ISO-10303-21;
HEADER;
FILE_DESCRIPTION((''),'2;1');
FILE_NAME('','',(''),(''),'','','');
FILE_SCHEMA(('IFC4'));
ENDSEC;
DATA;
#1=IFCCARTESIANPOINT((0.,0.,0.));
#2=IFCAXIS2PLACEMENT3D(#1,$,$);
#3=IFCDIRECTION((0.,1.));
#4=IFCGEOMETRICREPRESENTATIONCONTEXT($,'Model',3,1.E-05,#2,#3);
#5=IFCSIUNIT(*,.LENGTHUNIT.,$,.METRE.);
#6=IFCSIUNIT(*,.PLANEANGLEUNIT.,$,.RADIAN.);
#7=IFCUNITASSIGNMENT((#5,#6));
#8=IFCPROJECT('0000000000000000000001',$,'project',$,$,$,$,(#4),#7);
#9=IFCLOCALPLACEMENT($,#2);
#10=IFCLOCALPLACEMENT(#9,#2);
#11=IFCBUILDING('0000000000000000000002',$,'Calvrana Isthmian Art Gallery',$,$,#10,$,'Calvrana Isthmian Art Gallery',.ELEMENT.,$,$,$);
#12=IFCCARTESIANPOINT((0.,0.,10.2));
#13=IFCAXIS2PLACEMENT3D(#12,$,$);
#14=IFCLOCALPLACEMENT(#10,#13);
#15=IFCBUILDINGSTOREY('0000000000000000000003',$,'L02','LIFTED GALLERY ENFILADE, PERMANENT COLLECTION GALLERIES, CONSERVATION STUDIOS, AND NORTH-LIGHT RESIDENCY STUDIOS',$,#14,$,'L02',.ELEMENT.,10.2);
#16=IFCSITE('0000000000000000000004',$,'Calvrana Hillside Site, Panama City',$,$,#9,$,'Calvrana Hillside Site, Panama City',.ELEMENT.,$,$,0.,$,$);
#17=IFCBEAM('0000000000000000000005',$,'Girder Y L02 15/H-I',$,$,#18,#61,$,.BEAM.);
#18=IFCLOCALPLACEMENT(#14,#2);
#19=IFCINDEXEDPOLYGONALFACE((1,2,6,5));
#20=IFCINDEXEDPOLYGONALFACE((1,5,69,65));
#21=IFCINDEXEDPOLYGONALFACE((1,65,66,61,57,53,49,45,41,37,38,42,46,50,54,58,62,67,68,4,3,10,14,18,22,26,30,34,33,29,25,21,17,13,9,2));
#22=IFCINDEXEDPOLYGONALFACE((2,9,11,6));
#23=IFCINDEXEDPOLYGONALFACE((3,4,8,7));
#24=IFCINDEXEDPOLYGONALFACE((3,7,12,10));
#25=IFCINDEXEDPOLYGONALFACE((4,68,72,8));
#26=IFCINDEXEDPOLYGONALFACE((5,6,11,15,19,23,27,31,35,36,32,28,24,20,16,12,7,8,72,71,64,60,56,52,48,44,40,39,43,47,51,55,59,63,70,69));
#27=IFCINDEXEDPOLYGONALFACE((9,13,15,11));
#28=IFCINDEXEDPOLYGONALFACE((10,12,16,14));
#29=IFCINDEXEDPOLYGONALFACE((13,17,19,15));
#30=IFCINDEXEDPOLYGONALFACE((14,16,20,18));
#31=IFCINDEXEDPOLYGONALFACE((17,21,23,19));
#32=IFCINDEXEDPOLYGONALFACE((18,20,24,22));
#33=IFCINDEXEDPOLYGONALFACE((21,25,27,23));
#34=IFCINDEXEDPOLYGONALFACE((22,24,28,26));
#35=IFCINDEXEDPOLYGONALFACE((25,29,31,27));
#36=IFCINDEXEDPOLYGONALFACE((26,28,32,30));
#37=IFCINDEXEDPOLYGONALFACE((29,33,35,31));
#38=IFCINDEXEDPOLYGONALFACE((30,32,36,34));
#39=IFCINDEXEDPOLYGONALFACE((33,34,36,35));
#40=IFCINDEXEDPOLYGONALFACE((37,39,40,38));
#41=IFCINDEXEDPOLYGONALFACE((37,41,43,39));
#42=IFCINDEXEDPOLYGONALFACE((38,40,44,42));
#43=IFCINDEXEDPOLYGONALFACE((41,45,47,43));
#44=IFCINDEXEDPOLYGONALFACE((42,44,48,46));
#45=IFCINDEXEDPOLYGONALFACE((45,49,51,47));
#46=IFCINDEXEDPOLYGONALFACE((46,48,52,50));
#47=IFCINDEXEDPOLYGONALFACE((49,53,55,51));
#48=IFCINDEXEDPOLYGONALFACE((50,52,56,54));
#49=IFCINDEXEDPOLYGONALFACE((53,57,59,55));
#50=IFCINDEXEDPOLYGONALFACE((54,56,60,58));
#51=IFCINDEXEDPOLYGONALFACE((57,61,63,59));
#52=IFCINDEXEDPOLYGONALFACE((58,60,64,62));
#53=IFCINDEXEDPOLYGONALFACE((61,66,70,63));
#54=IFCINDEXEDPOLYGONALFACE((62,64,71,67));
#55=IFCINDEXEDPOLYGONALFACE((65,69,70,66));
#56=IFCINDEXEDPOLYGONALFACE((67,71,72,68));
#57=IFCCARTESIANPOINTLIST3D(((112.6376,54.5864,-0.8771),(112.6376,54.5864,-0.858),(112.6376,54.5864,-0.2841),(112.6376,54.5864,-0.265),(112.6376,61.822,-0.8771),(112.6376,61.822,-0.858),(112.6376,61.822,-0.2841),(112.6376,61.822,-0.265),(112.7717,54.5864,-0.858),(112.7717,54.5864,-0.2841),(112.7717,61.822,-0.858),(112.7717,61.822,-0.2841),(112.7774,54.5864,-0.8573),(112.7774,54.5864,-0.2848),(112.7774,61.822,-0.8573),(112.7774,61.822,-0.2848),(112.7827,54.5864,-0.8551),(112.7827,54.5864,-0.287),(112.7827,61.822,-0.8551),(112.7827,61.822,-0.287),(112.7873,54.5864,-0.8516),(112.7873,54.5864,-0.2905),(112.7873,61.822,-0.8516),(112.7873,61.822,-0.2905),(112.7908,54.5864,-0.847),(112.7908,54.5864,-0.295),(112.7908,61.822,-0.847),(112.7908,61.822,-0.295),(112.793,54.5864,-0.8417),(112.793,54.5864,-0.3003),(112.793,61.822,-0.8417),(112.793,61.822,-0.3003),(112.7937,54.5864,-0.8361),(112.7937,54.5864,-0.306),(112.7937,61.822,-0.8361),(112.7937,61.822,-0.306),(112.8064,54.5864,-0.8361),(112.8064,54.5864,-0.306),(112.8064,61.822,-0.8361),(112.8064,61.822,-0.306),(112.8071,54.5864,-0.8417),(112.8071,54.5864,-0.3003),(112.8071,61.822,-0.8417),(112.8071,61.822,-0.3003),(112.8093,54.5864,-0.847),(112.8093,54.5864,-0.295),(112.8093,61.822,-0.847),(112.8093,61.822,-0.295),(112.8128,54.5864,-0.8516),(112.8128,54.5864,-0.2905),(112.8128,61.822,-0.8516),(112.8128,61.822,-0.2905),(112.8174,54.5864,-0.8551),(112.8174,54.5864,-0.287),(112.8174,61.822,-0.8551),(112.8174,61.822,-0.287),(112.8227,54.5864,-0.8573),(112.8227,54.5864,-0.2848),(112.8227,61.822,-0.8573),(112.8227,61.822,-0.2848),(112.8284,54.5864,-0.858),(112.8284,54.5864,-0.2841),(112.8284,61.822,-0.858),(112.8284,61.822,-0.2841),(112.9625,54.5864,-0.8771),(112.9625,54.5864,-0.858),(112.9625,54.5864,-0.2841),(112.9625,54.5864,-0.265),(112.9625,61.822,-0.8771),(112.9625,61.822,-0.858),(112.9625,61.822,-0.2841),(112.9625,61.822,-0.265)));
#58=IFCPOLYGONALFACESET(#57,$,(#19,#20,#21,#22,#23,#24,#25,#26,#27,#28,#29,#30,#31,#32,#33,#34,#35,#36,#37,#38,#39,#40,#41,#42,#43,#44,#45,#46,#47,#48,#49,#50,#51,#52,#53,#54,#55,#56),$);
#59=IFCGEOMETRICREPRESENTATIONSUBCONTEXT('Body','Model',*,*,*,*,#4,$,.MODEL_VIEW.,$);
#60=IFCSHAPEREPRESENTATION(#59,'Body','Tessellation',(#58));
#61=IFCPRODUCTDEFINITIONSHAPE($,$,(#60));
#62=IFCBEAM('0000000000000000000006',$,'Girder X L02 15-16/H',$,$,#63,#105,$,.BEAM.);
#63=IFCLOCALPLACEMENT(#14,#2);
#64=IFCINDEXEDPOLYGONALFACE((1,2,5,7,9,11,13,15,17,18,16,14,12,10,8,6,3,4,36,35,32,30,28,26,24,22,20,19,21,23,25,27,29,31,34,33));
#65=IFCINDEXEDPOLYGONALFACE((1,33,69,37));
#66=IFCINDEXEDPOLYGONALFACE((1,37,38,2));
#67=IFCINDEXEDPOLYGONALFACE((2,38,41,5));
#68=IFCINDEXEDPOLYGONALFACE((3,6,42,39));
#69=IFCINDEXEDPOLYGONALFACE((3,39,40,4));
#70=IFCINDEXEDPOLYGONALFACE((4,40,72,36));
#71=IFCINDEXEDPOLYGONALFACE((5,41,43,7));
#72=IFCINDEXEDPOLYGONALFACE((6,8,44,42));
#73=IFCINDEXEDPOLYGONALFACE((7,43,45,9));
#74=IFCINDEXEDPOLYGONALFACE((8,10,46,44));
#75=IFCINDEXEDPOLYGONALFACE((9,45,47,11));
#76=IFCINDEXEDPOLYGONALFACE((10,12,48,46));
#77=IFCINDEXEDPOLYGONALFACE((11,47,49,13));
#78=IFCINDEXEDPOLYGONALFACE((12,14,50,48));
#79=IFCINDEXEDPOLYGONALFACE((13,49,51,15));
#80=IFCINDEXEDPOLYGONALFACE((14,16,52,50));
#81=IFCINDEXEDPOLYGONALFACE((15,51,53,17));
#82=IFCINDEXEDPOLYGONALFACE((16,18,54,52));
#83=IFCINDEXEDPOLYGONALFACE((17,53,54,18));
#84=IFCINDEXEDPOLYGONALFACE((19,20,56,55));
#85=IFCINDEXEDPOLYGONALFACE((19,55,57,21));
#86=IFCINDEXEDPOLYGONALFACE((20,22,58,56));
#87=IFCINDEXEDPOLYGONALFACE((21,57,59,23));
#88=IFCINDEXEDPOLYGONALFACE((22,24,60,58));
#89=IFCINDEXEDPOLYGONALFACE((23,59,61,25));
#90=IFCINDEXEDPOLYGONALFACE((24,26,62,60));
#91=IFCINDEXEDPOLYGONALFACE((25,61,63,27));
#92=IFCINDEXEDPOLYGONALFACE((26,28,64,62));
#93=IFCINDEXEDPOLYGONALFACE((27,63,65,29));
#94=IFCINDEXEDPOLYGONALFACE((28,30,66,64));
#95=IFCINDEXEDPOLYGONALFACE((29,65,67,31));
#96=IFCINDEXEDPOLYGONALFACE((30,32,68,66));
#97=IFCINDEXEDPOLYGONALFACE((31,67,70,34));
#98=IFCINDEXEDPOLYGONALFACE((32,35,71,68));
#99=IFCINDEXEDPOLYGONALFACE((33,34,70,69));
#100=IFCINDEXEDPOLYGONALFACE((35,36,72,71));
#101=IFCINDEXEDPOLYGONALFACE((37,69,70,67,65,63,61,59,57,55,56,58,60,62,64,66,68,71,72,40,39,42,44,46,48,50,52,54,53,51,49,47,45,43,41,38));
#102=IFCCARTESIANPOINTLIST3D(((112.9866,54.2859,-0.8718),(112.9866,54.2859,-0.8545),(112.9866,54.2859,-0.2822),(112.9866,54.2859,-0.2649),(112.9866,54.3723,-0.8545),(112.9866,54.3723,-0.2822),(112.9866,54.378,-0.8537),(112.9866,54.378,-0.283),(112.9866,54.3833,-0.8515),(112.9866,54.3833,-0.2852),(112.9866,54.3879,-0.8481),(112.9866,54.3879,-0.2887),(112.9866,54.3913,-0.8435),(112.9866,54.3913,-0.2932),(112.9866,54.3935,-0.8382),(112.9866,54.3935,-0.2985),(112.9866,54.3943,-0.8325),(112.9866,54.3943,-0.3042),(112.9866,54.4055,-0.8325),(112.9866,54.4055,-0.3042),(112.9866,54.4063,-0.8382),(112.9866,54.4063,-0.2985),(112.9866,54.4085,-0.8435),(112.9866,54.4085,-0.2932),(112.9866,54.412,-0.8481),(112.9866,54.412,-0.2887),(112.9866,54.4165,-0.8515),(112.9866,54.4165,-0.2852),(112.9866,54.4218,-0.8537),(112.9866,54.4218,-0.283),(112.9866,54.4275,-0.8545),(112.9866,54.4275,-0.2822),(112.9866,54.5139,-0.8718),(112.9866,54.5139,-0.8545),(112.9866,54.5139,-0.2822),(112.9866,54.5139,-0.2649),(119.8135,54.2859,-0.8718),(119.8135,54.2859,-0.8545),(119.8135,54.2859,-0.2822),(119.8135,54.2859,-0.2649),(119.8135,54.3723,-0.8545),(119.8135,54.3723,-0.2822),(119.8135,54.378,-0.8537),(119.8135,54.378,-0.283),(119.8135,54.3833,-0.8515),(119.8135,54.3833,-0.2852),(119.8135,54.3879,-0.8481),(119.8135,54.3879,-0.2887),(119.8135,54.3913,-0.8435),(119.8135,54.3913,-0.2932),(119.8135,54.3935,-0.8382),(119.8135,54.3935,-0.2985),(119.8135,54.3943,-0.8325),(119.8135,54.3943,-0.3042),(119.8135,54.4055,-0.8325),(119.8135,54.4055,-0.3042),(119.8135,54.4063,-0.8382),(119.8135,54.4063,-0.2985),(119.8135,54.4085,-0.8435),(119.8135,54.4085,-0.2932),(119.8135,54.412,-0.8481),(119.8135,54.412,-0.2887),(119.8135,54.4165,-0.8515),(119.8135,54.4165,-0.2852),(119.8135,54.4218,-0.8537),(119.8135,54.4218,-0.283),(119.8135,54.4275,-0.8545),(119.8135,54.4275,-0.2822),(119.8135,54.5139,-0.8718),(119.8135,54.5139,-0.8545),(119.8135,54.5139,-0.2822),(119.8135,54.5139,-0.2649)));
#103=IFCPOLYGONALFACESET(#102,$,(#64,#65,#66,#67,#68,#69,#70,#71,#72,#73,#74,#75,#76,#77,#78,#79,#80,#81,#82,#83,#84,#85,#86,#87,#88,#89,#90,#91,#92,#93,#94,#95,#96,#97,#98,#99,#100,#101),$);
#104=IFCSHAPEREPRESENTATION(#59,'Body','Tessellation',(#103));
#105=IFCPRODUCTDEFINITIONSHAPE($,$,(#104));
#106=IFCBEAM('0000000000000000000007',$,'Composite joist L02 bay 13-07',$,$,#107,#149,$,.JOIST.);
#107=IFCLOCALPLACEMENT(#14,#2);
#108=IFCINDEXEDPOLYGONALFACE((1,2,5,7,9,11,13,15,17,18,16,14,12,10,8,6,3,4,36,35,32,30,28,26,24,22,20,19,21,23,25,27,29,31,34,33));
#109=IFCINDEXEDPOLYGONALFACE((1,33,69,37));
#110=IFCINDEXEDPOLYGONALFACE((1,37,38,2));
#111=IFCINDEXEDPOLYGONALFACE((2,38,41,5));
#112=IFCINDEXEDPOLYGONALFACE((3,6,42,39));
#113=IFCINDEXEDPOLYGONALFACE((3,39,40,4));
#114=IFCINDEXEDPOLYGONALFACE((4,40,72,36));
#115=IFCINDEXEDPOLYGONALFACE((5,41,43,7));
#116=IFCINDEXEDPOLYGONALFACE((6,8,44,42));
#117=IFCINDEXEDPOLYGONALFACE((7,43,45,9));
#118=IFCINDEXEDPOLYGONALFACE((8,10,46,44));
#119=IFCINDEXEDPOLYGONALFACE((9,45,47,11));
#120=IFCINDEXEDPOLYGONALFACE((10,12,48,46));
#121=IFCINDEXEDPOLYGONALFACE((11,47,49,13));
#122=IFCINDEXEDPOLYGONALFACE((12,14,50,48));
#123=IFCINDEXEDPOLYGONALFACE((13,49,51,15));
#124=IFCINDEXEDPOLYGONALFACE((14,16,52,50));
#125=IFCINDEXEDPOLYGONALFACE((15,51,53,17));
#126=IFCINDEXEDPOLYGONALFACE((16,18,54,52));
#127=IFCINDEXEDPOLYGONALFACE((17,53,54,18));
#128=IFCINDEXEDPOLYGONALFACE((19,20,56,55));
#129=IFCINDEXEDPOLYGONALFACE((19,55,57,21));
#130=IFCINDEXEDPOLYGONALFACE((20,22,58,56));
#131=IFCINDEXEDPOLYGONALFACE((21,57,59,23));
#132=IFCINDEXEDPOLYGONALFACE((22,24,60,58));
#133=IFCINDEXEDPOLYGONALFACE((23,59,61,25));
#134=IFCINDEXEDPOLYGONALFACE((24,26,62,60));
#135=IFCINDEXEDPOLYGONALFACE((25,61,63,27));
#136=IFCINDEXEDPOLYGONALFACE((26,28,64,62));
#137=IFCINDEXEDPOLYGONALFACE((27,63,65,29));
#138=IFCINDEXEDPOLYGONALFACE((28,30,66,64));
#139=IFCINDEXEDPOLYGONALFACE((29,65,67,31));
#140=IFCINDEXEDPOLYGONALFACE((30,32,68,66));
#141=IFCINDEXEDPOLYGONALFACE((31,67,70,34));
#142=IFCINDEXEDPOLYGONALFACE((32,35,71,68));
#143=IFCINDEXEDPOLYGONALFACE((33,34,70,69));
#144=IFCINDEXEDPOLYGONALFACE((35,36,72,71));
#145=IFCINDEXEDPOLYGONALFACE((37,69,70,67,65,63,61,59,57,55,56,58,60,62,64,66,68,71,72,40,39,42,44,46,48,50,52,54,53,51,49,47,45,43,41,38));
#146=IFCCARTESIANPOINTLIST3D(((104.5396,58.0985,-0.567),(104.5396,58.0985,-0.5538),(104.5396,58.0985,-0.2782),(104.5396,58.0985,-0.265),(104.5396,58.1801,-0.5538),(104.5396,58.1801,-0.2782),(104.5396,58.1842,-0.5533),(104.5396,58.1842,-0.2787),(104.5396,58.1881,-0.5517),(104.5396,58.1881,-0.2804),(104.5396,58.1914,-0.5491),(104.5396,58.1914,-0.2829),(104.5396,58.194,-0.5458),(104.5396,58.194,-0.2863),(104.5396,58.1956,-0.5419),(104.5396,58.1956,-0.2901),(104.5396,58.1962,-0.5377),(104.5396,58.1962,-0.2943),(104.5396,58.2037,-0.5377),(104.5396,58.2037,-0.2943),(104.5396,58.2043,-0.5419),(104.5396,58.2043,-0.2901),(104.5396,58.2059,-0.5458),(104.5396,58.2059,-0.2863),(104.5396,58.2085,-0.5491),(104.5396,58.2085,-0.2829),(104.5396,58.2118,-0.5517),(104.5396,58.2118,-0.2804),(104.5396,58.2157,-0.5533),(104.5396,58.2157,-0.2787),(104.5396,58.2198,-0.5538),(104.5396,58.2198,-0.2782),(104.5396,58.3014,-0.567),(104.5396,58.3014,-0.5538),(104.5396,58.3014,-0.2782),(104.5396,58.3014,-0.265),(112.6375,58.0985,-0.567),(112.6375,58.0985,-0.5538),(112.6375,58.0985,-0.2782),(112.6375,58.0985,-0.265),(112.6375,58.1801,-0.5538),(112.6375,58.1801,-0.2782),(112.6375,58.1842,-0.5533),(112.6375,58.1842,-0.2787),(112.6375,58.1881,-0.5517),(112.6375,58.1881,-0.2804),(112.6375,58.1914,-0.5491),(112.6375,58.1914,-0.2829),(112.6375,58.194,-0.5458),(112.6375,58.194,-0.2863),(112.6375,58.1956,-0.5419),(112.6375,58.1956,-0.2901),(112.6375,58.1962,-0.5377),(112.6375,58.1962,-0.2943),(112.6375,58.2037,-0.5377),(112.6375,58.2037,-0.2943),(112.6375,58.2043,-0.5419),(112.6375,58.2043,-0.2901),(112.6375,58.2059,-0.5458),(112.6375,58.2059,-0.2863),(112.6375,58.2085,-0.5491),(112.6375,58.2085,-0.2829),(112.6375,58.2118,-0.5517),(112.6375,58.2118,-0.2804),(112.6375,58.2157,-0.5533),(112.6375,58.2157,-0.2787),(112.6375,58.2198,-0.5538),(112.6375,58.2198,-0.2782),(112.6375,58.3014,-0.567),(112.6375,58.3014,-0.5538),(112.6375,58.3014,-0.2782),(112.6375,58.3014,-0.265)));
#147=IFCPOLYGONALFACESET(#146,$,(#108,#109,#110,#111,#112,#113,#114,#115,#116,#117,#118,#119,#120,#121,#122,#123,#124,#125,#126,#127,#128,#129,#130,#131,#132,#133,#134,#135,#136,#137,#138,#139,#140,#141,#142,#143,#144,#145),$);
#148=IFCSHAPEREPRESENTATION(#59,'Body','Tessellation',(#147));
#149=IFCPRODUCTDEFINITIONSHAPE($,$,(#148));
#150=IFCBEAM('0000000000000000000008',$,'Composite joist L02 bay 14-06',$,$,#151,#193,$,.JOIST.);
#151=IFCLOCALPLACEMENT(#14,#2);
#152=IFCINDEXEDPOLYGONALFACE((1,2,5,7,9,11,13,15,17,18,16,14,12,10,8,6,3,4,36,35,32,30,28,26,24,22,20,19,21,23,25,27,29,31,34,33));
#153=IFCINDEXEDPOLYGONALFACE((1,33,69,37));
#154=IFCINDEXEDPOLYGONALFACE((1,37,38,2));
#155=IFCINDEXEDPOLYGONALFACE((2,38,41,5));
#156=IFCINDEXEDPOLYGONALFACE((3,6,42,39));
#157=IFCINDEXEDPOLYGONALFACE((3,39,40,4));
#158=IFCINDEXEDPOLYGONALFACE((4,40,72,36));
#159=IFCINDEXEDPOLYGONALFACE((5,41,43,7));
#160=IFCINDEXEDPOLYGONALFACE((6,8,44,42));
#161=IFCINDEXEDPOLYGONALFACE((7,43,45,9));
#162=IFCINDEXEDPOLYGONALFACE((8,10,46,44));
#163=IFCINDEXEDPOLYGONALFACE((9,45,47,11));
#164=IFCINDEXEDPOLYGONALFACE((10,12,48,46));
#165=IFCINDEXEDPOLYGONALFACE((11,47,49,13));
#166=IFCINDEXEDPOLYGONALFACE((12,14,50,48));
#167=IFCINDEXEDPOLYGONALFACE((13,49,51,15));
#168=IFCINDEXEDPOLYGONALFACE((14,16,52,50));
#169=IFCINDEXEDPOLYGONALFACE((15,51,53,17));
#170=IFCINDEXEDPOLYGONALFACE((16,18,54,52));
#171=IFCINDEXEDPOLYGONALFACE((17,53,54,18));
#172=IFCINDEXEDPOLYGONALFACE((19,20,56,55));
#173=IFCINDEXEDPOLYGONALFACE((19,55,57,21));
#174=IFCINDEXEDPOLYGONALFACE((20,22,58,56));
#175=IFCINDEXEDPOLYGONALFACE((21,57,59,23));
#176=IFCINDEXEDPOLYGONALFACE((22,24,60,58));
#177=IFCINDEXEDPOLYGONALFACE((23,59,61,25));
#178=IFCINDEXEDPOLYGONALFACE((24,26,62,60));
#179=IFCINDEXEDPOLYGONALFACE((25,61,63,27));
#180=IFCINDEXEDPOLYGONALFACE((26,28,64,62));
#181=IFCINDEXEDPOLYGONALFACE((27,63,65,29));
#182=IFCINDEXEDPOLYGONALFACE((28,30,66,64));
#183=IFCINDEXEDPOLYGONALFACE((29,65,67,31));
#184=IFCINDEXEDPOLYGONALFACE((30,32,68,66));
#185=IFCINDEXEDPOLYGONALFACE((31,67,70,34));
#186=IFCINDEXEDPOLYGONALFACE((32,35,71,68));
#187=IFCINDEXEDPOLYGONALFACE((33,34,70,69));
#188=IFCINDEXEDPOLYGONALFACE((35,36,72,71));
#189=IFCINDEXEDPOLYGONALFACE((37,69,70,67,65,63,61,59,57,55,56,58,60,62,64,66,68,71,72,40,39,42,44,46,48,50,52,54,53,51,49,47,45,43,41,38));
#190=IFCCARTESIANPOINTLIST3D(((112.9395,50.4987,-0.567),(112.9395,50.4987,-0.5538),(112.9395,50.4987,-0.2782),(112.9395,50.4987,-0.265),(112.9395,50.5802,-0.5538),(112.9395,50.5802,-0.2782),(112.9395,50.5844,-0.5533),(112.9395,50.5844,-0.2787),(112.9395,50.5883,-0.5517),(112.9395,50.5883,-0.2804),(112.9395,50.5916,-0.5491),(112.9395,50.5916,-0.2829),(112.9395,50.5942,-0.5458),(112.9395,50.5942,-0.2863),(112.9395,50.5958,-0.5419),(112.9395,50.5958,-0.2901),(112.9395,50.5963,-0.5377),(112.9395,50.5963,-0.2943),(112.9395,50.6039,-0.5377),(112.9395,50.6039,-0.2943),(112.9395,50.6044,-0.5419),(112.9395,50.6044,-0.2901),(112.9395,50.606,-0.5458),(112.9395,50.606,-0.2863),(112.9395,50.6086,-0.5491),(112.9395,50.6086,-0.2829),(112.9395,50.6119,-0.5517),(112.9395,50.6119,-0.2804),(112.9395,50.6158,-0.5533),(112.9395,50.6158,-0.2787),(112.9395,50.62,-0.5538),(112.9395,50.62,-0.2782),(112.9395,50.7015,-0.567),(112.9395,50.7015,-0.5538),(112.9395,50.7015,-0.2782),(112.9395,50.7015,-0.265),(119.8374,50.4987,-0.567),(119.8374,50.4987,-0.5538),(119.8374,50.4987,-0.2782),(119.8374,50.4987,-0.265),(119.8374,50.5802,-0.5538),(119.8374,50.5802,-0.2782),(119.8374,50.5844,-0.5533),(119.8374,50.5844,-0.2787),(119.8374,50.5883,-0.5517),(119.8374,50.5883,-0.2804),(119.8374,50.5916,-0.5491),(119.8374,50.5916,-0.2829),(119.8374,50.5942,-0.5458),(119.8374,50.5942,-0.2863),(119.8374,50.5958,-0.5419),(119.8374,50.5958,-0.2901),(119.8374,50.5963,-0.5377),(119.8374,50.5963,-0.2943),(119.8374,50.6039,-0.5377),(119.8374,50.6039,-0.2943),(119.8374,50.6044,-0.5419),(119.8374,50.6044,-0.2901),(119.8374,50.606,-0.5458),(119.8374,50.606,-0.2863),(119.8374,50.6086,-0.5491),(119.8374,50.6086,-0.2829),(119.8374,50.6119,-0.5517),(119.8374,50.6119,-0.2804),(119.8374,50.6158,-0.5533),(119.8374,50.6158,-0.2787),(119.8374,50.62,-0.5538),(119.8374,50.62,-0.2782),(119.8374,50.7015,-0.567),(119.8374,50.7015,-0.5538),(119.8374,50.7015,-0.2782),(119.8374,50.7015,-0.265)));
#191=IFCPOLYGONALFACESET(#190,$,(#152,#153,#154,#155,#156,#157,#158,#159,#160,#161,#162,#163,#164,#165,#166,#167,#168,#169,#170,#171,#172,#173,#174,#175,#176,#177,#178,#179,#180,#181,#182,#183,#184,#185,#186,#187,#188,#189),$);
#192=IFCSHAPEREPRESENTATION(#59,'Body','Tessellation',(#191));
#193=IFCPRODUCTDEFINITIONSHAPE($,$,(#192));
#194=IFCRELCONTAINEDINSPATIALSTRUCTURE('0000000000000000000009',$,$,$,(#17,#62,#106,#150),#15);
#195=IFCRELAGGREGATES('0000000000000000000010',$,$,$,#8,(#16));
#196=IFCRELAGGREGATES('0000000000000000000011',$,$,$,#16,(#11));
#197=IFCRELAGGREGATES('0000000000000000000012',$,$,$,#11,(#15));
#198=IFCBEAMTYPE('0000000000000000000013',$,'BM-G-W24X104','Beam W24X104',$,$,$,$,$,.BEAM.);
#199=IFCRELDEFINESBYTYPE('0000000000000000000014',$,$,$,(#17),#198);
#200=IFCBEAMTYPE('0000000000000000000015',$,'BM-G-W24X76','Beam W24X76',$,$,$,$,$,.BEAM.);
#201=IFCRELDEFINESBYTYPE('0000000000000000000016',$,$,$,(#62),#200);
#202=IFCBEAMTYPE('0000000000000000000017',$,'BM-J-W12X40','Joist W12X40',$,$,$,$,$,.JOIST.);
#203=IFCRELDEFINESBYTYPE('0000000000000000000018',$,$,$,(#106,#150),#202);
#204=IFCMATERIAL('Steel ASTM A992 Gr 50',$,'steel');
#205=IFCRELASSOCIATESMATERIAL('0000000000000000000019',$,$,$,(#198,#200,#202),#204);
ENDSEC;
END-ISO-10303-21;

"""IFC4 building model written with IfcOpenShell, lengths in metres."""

from ifc_helpers import new_model, si_unit, direction, frame, origin, origin_2d, place, context, subcontext, project, spatial, i_section, extrude, material, material_profile, profile_set, type_object, element, save


model = new_model("IFC4")

# Units and contexts
model_context = context("Model", 3, precision=1e-05, world=origin(), true_north=direction((0.0, 1.0)))
body_context = subcontext(model_context, "Body", "Model", "MODEL_VIEW")
ifc_project = project(units=[si_unit("LENGTHUNIT", "METRE"), si_unit("PLANEANGLEUNIT", "RADIAN")], contexts=[model_context])

# Site, building, storey
site_placement = place(None, origin())
site = spatial("IfcSite", under=ifc_project, at=site_placement, Name="Calvrana Hillside Site, Panama City", LongName="Calvrana Hillside Site, Panama City", CompositionType="ELEMENT", RefElevation=0.0)
building_placement = place(site_placement, origin())
building = spatial("IfcBuilding", under=site, at=building_placement, Name="Calvrana Isthmian Art Gallery", LongName="Calvrana Isthmian Art Gallery", CompositionType="ELEMENT")
storey_placement = place(building_placement, frame((0.0, 0.0, 10.2)))
storey = spatial("IfcBuildingStorey", under=building, at=storey_placement, Name="L02", Description="LIFTED GALLERY ENFILADE, PERMANENT COLLECTION GALLERIES, CONSERVATION STUDIOS, AND NORTH-LIGHT RESIDENCY STUDIOS", LongName="L02", CompositionType="ELEMENT", Elevation=10.2)

# Shared definitions
ifc_material_1 = material(Name="Steel ASTM A992 Gr 50", Category="steel")

# Beams
ifc_material_profile_1 = material_profile(ifc_material_1, i_section(OverallWidth=0.325, OverallDepth=0.6121, WebThickness=0.0127, FlangeThickness=0.019, FilletRadius=0.022, at=origin_2d()), Name="W24X104")
ifc_profile_set_1 = profile_set([ifc_material_profile_1], Name="Steel ASTM A992 Gr 50")
beam_type_1 = type_object("IfcBeamType", Name="BM-G-W24X104", Description="Beam W24X104", PredefinedType="BEAM", material=ifc_profile_set_1)
beam_1_placement = place(storey_placement, frame((112.8, 54.5864, -0.571), z_axis=(0.0, 1.0, 0.0), x_axis=(-1.0, 0.0, 0.0)))
element("IfcBeam", 1, at=beam_1_placement, inside=storey, type_object=beam_type_1, Name="Girder Y L02 15/H-I", PredefinedType="BEAM", context=body_context, shape_type="SweptSolid", body=[
    extrude(i_section(OverallWidth=0.325, OverallDepth=0.6121, WebThickness=0.0127, FlangeThickness=0.019, FilletRadius=0.022, at=origin_2d()), origin(), (0.0, 0.0, 1.0), 7.2356),
])
ifc_material_profile_2 = material_profile(ifc_material_1, i_section(OverallWidth=0.228, OverallDepth=0.6069, WebThickness=0.0112, FlangeThickness=0.0173, FilletRadius=0.022, at=origin_2d()), Name="W24X76")
ifc_profile_set_2 = profile_set([ifc_material_profile_2], Name="Steel ASTM A992 Gr 50")
beam_type_2 = type_object("IfcBeamType", Name="BM-G-W24X76", Description="Beam W24X76", PredefinedType="BEAM", material=ifc_profile_set_2)
beam_2_placement = place(storey_placement, frame((112.9866, 54.3999, -0.5684), z_axis=(1.0, 0.0, 0.0), x_axis=(0.0, 1.0, 0.0)))
element("IfcBeam", 2, at=beam_2_placement, inside=storey, type_object=beam_type_2, Name="Girder X L02 15-16/H", PredefinedType="BEAM", context=body_context, shape_type="SweptSolid", body=[
    extrude(i_section(OverallWidth=0.228, OverallDepth=0.6069, WebThickness=0.0112, FlangeThickness=0.0173, FilletRadius=0.022, at=origin_2d()), origin(), (0.0, 0.0, 1.0), 6.8269),
])
ifc_material_profile_3 = material_profile(ifc_material_1, i_section(OverallWidth=0.2029, OverallDepth=0.302, WebThickness=0.0076, FlangeThickness=0.0132, FilletRadius=0.0161, at=origin_2d()), Name="W12X40")
ifc_profile_set_3 = profile_set([ifc_material_profile_3], Name="Steel ASTM A992 Gr 50")
beam_type_3 = type_object("IfcBeamType", Name="BM-J-W12X40", Description="Joist W12X40", PredefinedType="JOIST", material=ifc_profile_set_3)
beam_3_placement = place(storey_placement, frame((104.5396, 58.2, -0.416), z_axis=(1.0, 0.0, 0.0), x_axis=(0.0, 1.0, 0.0)))
element("IfcBeam", 3, at=beam_3_placement, inside=storey, type_object=beam_type_3, Name="Composite joist L02 bay 13-07", PredefinedType="JOIST", context=body_context, shape_type="SweptSolid", body=[
    extrude(i_section(OverallWidth=0.2029, OverallDepth=0.302, WebThickness=0.0076, FlangeThickness=0.0132, FilletRadius=0.0161, at=origin_2d()), origin(), (0.0, 0.0, 1.0), 8.0979),
])
beam_4_placement = place(storey_placement, frame((112.9395, 50.6001, -0.416), z_axis=(1.0, 0.0, 0.0), x_axis=(0.0, 1.0, 0.0)))
element("IfcBeam", 4, at=beam_4_placement, inside=storey, type_object=beam_type_3, Name="Composite joist L02 bay 14-06", PredefinedType="JOIST", context=body_context, shape_type="SweptSolid", body=[
    extrude(i_section(OverallWidth=0.2029, OverallDepth=0.302, WebThickness=0.0076, FlangeThickness=0.0132, FilletRadius=0.0161, at=origin_2d()), origin(), (0.0, 0.0, 1.0), 6.8979),
])

save(model, "model.ifc")
